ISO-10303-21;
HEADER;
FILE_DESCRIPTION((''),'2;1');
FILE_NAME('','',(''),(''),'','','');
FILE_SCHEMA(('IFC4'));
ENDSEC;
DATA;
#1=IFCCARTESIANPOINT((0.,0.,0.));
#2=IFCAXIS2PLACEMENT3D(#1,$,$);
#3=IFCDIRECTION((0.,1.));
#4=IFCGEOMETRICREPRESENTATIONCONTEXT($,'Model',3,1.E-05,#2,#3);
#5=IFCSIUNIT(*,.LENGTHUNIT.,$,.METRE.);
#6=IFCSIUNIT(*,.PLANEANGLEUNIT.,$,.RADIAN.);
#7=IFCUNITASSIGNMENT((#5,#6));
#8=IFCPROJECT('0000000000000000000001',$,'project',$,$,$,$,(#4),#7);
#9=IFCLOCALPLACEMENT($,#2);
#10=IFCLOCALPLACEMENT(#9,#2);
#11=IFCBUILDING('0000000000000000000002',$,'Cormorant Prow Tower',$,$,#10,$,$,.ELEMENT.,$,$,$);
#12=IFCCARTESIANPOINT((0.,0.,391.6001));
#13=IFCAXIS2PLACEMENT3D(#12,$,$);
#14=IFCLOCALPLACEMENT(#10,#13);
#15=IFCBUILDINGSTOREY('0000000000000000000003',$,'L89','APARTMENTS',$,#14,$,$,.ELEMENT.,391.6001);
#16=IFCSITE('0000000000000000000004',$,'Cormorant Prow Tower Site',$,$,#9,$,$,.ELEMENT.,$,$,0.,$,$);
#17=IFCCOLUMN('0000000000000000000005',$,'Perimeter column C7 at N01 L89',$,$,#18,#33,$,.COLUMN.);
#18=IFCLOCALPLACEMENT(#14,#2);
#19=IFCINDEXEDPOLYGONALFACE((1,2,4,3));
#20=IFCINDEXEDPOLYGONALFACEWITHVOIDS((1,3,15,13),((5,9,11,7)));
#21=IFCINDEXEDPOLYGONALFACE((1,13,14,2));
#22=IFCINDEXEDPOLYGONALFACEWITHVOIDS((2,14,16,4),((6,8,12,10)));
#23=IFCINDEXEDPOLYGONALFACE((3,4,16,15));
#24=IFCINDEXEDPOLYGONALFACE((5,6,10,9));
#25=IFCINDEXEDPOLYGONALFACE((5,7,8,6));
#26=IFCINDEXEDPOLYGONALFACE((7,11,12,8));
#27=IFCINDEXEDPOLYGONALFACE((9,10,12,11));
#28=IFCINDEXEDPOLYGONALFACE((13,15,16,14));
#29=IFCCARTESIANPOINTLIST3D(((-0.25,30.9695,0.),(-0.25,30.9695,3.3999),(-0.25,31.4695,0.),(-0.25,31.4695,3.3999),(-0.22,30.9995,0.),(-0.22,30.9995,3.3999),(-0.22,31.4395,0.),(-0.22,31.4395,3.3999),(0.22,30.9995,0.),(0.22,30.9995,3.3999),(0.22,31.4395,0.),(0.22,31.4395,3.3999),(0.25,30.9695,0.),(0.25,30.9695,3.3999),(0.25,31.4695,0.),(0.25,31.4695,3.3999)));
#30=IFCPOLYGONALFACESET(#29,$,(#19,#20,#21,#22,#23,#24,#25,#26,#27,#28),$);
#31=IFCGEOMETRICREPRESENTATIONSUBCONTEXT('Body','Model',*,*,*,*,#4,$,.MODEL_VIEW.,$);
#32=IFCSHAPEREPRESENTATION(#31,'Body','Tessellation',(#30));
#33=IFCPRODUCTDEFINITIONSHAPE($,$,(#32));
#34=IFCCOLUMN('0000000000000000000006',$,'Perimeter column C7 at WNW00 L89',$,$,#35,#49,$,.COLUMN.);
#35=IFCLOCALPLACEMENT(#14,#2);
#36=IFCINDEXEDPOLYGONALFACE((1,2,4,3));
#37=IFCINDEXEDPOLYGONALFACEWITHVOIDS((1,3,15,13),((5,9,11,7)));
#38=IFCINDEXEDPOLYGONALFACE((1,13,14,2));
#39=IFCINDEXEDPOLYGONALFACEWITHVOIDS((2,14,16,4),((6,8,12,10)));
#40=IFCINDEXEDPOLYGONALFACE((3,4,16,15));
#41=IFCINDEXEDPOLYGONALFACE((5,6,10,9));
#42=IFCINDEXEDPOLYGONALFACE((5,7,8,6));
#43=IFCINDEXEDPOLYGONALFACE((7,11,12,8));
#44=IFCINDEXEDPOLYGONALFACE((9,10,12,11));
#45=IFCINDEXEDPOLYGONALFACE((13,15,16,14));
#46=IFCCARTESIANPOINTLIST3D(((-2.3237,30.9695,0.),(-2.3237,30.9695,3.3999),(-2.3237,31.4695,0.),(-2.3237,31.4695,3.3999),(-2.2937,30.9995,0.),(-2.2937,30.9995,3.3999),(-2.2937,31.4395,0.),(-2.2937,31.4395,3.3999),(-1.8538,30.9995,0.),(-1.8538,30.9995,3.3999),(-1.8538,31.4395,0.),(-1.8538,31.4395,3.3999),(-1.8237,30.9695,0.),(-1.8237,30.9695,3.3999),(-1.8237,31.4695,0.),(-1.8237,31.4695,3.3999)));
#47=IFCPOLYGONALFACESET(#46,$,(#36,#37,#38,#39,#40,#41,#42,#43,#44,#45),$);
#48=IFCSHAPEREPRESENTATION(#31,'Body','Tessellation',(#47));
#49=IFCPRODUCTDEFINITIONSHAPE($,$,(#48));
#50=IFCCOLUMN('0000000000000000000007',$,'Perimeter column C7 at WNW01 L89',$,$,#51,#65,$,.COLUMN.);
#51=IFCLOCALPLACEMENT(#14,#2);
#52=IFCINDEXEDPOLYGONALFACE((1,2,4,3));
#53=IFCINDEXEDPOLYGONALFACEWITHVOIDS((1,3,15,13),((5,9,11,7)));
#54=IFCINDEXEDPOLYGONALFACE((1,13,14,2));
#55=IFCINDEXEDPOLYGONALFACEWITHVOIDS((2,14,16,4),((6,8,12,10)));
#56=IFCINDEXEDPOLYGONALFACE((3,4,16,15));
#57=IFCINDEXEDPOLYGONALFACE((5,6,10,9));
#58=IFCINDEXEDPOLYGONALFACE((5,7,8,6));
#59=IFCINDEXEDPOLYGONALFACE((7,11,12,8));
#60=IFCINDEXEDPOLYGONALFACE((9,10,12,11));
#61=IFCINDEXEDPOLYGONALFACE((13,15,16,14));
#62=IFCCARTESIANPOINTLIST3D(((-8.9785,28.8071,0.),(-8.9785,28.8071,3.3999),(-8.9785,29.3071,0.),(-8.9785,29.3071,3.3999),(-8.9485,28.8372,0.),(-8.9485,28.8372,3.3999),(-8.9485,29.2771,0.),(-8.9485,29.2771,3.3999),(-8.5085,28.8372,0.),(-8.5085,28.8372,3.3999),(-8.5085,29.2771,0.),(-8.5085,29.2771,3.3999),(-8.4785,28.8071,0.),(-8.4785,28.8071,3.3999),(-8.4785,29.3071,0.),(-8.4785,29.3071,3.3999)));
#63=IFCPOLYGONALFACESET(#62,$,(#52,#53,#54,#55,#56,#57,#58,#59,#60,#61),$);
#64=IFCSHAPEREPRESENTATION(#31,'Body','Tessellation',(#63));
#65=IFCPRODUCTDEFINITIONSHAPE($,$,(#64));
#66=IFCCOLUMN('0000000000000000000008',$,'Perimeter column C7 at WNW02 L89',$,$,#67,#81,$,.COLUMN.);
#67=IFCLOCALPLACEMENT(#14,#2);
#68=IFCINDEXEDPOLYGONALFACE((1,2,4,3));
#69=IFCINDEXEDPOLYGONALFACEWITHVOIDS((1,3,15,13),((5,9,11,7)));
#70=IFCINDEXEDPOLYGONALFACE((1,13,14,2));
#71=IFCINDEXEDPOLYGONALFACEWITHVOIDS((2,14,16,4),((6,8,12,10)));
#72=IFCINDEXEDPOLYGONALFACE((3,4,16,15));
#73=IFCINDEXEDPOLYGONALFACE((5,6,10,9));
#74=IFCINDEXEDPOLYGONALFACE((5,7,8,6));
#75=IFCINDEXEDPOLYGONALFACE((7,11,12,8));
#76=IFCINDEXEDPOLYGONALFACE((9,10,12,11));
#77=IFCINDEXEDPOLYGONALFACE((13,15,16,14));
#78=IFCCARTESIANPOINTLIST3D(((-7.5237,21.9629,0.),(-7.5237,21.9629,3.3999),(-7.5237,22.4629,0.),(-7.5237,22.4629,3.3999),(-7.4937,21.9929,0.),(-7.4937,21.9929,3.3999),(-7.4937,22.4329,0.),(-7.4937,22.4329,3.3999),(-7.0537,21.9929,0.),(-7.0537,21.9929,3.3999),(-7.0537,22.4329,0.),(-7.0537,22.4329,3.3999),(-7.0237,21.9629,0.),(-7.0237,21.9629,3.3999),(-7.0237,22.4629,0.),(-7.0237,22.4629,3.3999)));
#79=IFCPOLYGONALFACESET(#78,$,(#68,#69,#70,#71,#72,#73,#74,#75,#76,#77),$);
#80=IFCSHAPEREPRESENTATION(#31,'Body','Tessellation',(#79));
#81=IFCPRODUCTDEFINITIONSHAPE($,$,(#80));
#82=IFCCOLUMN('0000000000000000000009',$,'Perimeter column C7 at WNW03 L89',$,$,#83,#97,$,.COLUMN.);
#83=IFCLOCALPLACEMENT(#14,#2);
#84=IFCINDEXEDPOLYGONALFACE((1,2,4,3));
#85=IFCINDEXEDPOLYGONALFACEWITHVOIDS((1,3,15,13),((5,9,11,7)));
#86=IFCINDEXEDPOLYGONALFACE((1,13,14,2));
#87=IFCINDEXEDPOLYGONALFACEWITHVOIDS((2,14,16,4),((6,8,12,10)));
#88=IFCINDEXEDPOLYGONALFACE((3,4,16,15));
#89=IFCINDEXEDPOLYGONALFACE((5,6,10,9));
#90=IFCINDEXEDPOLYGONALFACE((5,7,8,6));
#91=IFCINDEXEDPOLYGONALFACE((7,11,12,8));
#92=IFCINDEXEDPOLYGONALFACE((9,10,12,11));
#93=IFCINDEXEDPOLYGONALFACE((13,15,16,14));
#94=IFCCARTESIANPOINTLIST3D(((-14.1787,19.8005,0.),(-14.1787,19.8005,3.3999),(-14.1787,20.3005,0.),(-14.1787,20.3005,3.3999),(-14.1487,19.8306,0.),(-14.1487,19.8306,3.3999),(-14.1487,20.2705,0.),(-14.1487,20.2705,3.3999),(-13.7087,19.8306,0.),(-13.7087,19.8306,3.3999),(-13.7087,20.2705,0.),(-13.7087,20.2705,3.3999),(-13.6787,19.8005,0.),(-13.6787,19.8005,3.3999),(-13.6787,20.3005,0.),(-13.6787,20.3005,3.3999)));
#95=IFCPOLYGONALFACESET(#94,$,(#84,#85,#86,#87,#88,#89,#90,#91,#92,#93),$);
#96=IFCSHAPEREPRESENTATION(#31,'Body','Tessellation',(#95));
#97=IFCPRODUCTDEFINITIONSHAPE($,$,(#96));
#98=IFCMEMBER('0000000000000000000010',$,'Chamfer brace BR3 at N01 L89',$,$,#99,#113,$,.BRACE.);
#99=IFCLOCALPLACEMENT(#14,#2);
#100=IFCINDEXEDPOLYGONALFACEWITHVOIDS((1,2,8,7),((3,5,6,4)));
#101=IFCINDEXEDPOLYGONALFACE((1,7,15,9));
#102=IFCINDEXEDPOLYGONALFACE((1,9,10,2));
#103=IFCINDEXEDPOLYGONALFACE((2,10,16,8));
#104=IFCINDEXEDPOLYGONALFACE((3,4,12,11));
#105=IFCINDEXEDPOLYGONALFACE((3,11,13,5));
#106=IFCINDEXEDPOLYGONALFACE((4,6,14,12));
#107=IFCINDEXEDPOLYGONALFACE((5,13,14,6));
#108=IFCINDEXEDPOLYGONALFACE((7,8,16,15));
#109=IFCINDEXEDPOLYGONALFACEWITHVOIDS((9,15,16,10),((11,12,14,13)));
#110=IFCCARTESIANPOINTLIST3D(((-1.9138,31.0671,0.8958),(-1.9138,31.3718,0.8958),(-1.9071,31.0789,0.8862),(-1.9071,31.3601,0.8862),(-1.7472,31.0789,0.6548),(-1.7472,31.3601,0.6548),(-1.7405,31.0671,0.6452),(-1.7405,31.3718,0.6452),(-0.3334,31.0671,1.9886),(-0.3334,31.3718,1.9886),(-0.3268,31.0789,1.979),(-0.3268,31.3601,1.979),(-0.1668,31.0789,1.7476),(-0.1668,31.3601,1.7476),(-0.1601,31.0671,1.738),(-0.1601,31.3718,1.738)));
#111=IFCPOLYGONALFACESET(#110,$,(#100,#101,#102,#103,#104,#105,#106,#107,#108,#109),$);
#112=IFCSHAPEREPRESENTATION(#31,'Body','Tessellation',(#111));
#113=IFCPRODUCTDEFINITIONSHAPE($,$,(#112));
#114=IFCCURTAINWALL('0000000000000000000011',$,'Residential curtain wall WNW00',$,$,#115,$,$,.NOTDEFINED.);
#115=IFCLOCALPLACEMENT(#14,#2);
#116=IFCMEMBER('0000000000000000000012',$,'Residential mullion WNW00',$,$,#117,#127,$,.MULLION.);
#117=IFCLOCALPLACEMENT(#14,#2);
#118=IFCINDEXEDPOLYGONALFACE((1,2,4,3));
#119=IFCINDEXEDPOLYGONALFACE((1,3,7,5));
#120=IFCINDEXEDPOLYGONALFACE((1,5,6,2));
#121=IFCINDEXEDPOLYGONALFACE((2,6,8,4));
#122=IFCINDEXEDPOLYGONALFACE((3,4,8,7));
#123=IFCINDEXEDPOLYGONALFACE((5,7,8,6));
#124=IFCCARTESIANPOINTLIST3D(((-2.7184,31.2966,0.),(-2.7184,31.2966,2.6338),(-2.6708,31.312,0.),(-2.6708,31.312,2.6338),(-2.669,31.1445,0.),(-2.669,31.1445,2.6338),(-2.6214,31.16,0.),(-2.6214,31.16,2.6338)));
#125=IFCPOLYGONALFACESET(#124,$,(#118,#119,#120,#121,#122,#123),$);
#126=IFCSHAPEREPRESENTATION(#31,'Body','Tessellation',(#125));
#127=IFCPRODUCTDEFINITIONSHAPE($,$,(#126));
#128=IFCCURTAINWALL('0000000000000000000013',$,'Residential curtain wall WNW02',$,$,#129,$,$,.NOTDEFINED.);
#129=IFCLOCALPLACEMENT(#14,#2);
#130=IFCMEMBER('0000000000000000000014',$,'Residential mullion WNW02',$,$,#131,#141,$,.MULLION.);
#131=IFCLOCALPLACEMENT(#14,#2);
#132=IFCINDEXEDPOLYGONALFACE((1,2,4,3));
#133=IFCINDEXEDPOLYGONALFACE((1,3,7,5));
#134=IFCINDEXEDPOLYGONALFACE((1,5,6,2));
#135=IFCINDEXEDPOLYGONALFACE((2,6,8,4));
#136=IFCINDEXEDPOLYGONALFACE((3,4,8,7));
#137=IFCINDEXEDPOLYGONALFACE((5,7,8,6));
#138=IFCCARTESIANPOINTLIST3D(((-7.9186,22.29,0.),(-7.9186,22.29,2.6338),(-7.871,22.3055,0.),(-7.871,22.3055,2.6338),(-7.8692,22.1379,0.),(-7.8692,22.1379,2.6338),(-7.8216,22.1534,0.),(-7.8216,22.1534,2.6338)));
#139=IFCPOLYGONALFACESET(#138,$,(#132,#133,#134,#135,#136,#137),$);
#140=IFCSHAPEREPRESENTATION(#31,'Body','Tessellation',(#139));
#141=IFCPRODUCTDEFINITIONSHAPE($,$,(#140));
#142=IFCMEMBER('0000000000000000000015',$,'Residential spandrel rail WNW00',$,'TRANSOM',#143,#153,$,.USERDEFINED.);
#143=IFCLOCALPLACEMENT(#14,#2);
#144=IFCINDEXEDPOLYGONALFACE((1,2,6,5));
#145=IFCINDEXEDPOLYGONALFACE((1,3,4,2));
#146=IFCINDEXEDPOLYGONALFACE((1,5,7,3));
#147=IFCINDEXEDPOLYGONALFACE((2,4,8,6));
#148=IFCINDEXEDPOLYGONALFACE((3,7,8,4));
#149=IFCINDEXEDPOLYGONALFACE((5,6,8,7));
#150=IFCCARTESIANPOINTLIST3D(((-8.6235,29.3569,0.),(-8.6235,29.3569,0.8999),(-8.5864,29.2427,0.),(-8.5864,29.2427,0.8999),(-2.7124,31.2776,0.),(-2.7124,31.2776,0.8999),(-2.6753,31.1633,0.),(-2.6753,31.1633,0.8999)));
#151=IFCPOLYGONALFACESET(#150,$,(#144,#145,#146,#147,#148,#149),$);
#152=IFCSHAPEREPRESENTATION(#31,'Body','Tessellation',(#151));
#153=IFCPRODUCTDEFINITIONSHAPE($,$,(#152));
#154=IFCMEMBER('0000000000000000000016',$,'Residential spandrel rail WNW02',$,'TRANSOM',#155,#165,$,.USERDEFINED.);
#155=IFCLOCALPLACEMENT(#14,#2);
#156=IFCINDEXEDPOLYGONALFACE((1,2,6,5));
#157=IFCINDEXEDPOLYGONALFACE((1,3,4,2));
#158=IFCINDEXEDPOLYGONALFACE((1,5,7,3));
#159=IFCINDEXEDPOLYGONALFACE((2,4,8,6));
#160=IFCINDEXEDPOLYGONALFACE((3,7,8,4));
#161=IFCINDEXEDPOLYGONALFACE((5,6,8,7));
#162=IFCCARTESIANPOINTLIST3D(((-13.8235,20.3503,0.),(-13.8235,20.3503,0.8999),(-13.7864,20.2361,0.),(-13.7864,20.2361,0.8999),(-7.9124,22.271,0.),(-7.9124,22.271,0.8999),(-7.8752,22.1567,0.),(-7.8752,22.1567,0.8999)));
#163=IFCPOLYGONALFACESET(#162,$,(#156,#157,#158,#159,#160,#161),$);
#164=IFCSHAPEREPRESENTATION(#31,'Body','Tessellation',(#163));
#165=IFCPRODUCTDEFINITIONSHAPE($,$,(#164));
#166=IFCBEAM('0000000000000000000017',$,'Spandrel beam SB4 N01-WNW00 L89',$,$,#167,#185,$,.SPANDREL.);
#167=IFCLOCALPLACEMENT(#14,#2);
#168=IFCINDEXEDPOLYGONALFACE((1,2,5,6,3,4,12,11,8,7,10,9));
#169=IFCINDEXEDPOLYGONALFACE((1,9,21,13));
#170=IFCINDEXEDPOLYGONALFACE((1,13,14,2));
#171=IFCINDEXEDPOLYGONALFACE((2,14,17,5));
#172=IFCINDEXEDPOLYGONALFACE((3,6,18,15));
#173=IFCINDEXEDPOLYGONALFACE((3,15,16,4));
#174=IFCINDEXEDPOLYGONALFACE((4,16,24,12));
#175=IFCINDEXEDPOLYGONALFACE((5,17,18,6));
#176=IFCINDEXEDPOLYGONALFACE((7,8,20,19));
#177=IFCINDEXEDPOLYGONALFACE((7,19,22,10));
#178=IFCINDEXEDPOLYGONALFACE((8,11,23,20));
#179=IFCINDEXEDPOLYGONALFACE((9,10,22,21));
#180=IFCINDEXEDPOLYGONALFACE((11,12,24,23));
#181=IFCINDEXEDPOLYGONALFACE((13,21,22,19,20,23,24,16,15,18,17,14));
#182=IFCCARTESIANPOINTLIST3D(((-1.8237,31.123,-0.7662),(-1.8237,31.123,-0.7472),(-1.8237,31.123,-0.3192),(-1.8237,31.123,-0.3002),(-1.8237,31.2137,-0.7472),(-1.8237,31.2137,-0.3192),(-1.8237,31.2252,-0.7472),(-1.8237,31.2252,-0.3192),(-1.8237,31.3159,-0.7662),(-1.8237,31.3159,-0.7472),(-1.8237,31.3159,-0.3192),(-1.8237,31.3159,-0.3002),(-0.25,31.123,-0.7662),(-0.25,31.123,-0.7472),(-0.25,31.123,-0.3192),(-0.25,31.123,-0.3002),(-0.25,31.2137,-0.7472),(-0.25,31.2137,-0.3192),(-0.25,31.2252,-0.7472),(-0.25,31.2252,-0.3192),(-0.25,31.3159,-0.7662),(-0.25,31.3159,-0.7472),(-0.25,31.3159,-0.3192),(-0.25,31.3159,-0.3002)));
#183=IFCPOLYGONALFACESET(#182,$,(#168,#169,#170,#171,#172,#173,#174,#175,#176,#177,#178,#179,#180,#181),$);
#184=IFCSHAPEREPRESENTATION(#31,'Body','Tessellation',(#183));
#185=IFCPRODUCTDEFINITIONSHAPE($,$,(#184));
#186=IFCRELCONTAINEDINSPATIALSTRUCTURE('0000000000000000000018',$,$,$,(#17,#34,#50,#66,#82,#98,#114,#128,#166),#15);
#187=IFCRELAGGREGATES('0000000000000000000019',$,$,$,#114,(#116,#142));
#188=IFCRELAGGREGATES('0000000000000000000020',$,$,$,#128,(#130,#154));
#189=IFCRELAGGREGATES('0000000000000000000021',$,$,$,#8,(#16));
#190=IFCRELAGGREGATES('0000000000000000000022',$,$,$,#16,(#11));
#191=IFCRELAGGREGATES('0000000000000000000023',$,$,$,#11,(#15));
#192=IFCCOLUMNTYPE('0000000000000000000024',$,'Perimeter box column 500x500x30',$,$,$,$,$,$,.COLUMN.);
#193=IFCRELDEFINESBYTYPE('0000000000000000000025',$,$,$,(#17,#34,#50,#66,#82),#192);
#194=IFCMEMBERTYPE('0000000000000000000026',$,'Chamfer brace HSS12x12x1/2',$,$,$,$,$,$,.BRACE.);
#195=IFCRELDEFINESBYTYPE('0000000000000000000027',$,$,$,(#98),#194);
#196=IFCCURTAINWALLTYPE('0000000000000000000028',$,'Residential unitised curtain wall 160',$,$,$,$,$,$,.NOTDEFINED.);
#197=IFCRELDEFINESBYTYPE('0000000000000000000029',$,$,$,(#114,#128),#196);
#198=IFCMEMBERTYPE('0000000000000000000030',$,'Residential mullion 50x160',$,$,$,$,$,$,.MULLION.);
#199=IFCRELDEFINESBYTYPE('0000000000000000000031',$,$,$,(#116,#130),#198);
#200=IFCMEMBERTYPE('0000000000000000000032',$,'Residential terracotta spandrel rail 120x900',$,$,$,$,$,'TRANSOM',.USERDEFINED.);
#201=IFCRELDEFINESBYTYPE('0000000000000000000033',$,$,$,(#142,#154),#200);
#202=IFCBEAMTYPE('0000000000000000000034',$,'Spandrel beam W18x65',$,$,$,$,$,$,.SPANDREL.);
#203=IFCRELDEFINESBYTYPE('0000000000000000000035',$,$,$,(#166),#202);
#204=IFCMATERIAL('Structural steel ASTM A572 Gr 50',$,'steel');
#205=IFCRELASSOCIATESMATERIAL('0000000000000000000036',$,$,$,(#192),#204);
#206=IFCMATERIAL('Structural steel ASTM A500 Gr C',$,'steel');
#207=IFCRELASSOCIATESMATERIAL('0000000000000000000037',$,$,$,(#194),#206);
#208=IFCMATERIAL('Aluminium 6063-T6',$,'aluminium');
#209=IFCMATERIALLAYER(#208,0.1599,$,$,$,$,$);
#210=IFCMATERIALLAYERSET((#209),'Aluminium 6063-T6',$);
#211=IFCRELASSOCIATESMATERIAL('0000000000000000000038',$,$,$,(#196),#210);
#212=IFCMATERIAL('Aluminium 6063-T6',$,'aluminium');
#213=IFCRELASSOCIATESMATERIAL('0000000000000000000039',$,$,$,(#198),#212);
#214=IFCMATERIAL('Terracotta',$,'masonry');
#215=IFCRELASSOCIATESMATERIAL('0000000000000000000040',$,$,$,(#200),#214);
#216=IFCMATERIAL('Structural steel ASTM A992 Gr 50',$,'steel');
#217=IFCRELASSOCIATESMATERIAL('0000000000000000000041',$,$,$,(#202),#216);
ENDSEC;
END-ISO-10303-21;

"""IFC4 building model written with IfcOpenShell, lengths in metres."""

from ifc_helpers import new_model, si_unit, direction, frame, origin, origin_2d, place, context, subcontext, project, spatial, rectangle, hollow_rectangle, i_section, extrude, material, layer, layer_set, material_profile, profile_set, type_object, element, aggregate, save


model = new_model("IFC4")

# Units and contexts
model_context = context("Model", 3, precision=1e-05, world=origin(), true_north=direction((0.0, 1.0)))
body_context = subcontext(model_context, "Body", "Model", "MODEL_VIEW")
ifc_project = project(units=[si_unit("LENGTHUNIT", "METRE"), si_unit("PLANEANGLEUNIT", "RADIAN")], contexts=[model_context])

# Site, building, storey
site_placement = place(None, origin())
site = spatial("IfcSite", under=ifc_project, at=site_placement, Name="Cormorant Prow Tower Site", CompositionType="ELEMENT", RefElevation=0.0)
building_placement = place(site_placement, origin())
building = spatial("IfcBuilding", under=site, at=building_placement, Name="Cormorant Prow Tower", CompositionType="ELEMENT")
storey_placement = place(building_placement, frame((0.0, 0.0, 391.6001)))
storey = spatial("IfcBuildingStorey", under=building, at=storey_placement, Name="L89", Description="APARTMENTS", CompositionType="ELEMENT", Elevation=391.6001)

# Columns
ifc_material_1 = material(Name="Structural steel ASTM A572 Gr 50", Category="steel")
ifc_material_profile_1 = material_profile(ifc_material_1, hollow_rectangle(XDim=0.5, YDim=0.5, WallThickness=0.03, at=origin_2d()), Name="Box 500x500x30")
ifc_profile_set_1 = profile_set([ifc_material_profile_1], Name="Structural steel ASTM A572 Gr 50")
column_type = type_object("IfcColumnType", Name="Perimeter box column 500x500x30", PredefinedType="COLUMN", material=ifc_profile_set_1)
for number, where, z_axis, x_axis, name in (
    (1, (0.0, 31.2195, 0.0), (0.0, 0.0, 1.0), (1.0, 0.0, 0.0), "Perimeter column C7 at N01 L89"),
    (2, (-2.0737, 31.2195, 0.0), (0.0, 0.0, 1.0), (1.0, 0.0, 0.0), "Perimeter column C7 at WNW00 L89"),
    (3, (-8.7285, 29.0571, 0.0), (0.0, 0.0, 1.0), (1.0, 0.0, 0.0), "Perimeter column C7 at WNW01 L89"),
    (4, (-7.2737, 22.2129, 0.0), (0.0, 0.0, 1.0), (1.0, 0.0, 0.0), "Perimeter column C7 at WNW02 L89"),
    (5, (-13.9287, 20.0505, 0.0), (0.0, 0.0, 1.0), (1.0, 0.0, 0.0), "Perimeter column C7 at WNW03 L89"),
):
    element("IfcColumn", number, at=place(storey_placement, frame(where, z_axis=z_axis, x_axis=x_axis)), inside=storey, type_object=column_type, Name=name, PredefinedType="COLUMN", context=body_context, shape_type="SweptSolid", body=[
        extrude(hollow_rectangle(XDim=0.5, YDim=0.5, WallThickness=0.03, at=origin_2d()), origin(), (0.0, 0.0, 1.0), 3.3999),
    ])

# Member
ifc_material_2 = material(Name="Structural steel ASTM A500 Gr C", Category="steel")
ifc_material_profile_2 = material_profile(ifc_material_2, hollow_rectangle(XDim=0.3047, YDim=0.3047, WallThickness=0.0117, at=origin_2d()), Name="HSS12x12x1/2")
ifc_profile_set_2 = profile_set([ifc_material_profile_2], Name="Structural steel ASTM A500 Gr C")
member_type_1 = type_object("IfcMemberType", Name="Chamfer brace HSS12x12x1/2", PredefinedType="BRACE", material=ifc_profile_set_2)
member_1_placement = place(storey_placement, frame((-1.8271, 31.2195, 0.7705), z_axis=(0.822508, 0.0, 0.568754), x_axis=(0.0, 1.0, 0.0)))
element("IfcMember", 6, at=member_1_placement, inside=storey, type_object=member_type_1, Name="Chamfer brace BR3 at N01 L89", PredefinedType="BRACE", context=body_context, shape_type="SweptSolid", body=[
    extrude(hollow_rectangle(XDim=0.3047, YDim=0.3047, WallThickness=0.0117, at=origin_2d()), origin(), (0.0, 0.0, 1.0), 1.9214),
])

# Curtain walls, members
ifc_material_3 = material(Name="Aluminium 6063-T6", Category="aluminium")
ifc_layer_1 = layer(ifc_material_3, 0.1599)
ifc_layer_set_1 = layer_set([ifc_layer_1], Name="Aluminium 6063-T6")
curtain_wall_type = type_object("IfcCurtainWallType", Name="Residential unitised curtain wall 160", PredefinedType="NOTDEFINED", material=ifc_layer_set_1)
curtain_wall_1_placement = place(storey_placement, origin())
curtain_wall_1 = element("IfcCurtainWall", 7, at=curtain_wall_1_placement, inside=storey, type_object=curtain_wall_type, Name="Residential curtain wall WNW00", PredefinedType="NOTDEFINED")
ifc_material_4 = material(Name="Aluminium 6063-T6", Category="aluminium")
ifc_material_profile_3 = material_profile(ifc_material_4, rectangle(XDim=0.1599, YDim=0.05, at=origin_2d()), Name="Residential mullion 50x160")
ifc_profile_set_3 = profile_set([ifc_material_profile_3], Name="Aluminium 6063-T6")
member_type_2 = type_object("IfcMemberType", Name="Residential mullion 50x160", PredefinedType="MULLION", material=ifc_profile_set_3)
member_2_placement = place(storey_placement, frame((-2.6699, 31.2283, 0.0), z_axis=(0.0, 0.0, 1.0), x_axis=(0.309017, -0.951057, 0.0)))
member_2 = element("IfcMember", 8, at=member_2_placement, type_object=member_type_2, Name="Residential mullion WNW00", PredefinedType="MULLION", context=body_context, shape_type="SweptSolid", body=[
    extrude(rectangle(XDim=0.1599, YDim=0.05, at=origin_2d()), origin(), (0.0, 0.0, 1.0), 2.6338),
])
curtain_wall_2_placement = place(storey_placement, origin())
curtain_wall_2 = element("IfcCurtainWall", 9, at=curtain_wall_2_placement, inside=storey, type_object=curtain_wall_type, Name="Residential curtain wall WNW02", PredefinedType="NOTDEFINED")
member_3_placement = place(storey_placement, frame((-7.8701, 22.2217, 0.0), z_axis=(0.0, 0.0, 1.0), x_axis=(0.309017, -0.951057, 0.0)))
member_3 = element("IfcMember", 10, at=member_3_placement, type_object=member_type_2, Name="Residential mullion WNW02", PredefinedType="MULLION", context=body_context, shape_type="SweptSolid", body=[
    extrude(rectangle(XDim=0.1599, YDim=0.05, at=origin_2d()), origin(), (0.0, 0.0, 1.0), 2.6338),
])

# Members
ifc_material_5 = material(Name="Terracotta", Category="masonry")
ifc_material_profile_4 = material_profile(ifc_material_5, rectangle(XDim=0.1201, YDim=0.8999, at=origin_2d()), Name="Residential terracotta spandrel rail 120x900")
ifc_profile_set_4 = profile_set([ifc_material_profile_4], Name="Terracotta")
member_type_3 = type_object("IfcMemberType", Name="Residential terracotta spandrel rail 120x900", ElementType="TRANSOM", PredefinedType="USERDEFINED", material=ifc_profile_set_4)
member_4_placement = place(storey_placement, frame((-2.6938, 31.2205, 0.45), z_axis=(-0.951056, -0.309019, 0.0), x_axis=(0.309019, -0.951056, 0.0)))
member_4 = element("IfcMember", 11, at=member_4_placement, type_object=member_type_3, Name="Residential spandrel rail WNW00", ObjectType="TRANSOM", PredefinedType="USERDEFINED", context=body_context, shape_type="SweptSolid", body=[
    extrude(rectangle(XDim=0.1201, YDim=0.8999, at=origin_2d()), origin(), (0.0, 0.0, 1.0), 6.2153),
])
member_5_placement = place(storey_placement, frame((-7.8938, 22.2139, 0.45), z_axis=(-0.951056, -0.309019, 0.0), x_axis=(0.309019, -0.951056, 0.0)))
member_5 = element("IfcMember", 12, at=member_5_placement, type_object=member_type_3, Name="Residential spandrel rail WNW02", ObjectType="TRANSOM", PredefinedType="USERDEFINED", context=body_context, shape_type="SweptSolid", body=[
    extrude(rectangle(XDim=0.1201, YDim=0.8999, at=origin_2d()), origin(), (0.0, 0.0, 1.0), 6.2153),
])

# Beam
ifc_material_6 = material(Name="Structural steel ASTM A992 Gr 50", Category="steel")
ifc_material_profile_5 = material_profile(ifc_material_6, i_section(OverallWidth=0.1929, OverallDepth=0.4661, WebThickness=0.0115, FlangeThickness=0.019, at=origin_2d()), Name="W18x65")
ifc_profile_set_5 = profile_set([ifc_material_profile_5], Name="Structural steel ASTM A992 Gr 50")
beam_type = type_object("IfcBeamType", Name="Spandrel beam W18x65", PredefinedType="SPANDREL", material=ifc_profile_set_5)
beam_1_placement = place(storey_placement, frame((-0.25, 31.2195, -0.5332), z_axis=(-1.0, 0.0, 0.0), x_axis=(0.0, -1.0, 0.0)))
element("IfcBeam", 13, at=beam_1_placement, inside=storey, type_object=beam_type, Name="Spandrel beam SB4 N01-WNW00 L89", PredefinedType="SPANDREL", context=body_context, shape_type="SweptSolid", body=[
    extrude(i_section(OverallWidth=0.1929, OverallDepth=0.4661, WebThickness=0.0115, FlangeThickness=0.019, at=origin_2d()), origin(), (0.0, 0.0, 1.0), 1.5737),
])

aggregate(curtain_wall_1, [member_2, member_4])
aggregate(curtain_wall_2, [member_3, member_5])

save(model, "model.ifc")
